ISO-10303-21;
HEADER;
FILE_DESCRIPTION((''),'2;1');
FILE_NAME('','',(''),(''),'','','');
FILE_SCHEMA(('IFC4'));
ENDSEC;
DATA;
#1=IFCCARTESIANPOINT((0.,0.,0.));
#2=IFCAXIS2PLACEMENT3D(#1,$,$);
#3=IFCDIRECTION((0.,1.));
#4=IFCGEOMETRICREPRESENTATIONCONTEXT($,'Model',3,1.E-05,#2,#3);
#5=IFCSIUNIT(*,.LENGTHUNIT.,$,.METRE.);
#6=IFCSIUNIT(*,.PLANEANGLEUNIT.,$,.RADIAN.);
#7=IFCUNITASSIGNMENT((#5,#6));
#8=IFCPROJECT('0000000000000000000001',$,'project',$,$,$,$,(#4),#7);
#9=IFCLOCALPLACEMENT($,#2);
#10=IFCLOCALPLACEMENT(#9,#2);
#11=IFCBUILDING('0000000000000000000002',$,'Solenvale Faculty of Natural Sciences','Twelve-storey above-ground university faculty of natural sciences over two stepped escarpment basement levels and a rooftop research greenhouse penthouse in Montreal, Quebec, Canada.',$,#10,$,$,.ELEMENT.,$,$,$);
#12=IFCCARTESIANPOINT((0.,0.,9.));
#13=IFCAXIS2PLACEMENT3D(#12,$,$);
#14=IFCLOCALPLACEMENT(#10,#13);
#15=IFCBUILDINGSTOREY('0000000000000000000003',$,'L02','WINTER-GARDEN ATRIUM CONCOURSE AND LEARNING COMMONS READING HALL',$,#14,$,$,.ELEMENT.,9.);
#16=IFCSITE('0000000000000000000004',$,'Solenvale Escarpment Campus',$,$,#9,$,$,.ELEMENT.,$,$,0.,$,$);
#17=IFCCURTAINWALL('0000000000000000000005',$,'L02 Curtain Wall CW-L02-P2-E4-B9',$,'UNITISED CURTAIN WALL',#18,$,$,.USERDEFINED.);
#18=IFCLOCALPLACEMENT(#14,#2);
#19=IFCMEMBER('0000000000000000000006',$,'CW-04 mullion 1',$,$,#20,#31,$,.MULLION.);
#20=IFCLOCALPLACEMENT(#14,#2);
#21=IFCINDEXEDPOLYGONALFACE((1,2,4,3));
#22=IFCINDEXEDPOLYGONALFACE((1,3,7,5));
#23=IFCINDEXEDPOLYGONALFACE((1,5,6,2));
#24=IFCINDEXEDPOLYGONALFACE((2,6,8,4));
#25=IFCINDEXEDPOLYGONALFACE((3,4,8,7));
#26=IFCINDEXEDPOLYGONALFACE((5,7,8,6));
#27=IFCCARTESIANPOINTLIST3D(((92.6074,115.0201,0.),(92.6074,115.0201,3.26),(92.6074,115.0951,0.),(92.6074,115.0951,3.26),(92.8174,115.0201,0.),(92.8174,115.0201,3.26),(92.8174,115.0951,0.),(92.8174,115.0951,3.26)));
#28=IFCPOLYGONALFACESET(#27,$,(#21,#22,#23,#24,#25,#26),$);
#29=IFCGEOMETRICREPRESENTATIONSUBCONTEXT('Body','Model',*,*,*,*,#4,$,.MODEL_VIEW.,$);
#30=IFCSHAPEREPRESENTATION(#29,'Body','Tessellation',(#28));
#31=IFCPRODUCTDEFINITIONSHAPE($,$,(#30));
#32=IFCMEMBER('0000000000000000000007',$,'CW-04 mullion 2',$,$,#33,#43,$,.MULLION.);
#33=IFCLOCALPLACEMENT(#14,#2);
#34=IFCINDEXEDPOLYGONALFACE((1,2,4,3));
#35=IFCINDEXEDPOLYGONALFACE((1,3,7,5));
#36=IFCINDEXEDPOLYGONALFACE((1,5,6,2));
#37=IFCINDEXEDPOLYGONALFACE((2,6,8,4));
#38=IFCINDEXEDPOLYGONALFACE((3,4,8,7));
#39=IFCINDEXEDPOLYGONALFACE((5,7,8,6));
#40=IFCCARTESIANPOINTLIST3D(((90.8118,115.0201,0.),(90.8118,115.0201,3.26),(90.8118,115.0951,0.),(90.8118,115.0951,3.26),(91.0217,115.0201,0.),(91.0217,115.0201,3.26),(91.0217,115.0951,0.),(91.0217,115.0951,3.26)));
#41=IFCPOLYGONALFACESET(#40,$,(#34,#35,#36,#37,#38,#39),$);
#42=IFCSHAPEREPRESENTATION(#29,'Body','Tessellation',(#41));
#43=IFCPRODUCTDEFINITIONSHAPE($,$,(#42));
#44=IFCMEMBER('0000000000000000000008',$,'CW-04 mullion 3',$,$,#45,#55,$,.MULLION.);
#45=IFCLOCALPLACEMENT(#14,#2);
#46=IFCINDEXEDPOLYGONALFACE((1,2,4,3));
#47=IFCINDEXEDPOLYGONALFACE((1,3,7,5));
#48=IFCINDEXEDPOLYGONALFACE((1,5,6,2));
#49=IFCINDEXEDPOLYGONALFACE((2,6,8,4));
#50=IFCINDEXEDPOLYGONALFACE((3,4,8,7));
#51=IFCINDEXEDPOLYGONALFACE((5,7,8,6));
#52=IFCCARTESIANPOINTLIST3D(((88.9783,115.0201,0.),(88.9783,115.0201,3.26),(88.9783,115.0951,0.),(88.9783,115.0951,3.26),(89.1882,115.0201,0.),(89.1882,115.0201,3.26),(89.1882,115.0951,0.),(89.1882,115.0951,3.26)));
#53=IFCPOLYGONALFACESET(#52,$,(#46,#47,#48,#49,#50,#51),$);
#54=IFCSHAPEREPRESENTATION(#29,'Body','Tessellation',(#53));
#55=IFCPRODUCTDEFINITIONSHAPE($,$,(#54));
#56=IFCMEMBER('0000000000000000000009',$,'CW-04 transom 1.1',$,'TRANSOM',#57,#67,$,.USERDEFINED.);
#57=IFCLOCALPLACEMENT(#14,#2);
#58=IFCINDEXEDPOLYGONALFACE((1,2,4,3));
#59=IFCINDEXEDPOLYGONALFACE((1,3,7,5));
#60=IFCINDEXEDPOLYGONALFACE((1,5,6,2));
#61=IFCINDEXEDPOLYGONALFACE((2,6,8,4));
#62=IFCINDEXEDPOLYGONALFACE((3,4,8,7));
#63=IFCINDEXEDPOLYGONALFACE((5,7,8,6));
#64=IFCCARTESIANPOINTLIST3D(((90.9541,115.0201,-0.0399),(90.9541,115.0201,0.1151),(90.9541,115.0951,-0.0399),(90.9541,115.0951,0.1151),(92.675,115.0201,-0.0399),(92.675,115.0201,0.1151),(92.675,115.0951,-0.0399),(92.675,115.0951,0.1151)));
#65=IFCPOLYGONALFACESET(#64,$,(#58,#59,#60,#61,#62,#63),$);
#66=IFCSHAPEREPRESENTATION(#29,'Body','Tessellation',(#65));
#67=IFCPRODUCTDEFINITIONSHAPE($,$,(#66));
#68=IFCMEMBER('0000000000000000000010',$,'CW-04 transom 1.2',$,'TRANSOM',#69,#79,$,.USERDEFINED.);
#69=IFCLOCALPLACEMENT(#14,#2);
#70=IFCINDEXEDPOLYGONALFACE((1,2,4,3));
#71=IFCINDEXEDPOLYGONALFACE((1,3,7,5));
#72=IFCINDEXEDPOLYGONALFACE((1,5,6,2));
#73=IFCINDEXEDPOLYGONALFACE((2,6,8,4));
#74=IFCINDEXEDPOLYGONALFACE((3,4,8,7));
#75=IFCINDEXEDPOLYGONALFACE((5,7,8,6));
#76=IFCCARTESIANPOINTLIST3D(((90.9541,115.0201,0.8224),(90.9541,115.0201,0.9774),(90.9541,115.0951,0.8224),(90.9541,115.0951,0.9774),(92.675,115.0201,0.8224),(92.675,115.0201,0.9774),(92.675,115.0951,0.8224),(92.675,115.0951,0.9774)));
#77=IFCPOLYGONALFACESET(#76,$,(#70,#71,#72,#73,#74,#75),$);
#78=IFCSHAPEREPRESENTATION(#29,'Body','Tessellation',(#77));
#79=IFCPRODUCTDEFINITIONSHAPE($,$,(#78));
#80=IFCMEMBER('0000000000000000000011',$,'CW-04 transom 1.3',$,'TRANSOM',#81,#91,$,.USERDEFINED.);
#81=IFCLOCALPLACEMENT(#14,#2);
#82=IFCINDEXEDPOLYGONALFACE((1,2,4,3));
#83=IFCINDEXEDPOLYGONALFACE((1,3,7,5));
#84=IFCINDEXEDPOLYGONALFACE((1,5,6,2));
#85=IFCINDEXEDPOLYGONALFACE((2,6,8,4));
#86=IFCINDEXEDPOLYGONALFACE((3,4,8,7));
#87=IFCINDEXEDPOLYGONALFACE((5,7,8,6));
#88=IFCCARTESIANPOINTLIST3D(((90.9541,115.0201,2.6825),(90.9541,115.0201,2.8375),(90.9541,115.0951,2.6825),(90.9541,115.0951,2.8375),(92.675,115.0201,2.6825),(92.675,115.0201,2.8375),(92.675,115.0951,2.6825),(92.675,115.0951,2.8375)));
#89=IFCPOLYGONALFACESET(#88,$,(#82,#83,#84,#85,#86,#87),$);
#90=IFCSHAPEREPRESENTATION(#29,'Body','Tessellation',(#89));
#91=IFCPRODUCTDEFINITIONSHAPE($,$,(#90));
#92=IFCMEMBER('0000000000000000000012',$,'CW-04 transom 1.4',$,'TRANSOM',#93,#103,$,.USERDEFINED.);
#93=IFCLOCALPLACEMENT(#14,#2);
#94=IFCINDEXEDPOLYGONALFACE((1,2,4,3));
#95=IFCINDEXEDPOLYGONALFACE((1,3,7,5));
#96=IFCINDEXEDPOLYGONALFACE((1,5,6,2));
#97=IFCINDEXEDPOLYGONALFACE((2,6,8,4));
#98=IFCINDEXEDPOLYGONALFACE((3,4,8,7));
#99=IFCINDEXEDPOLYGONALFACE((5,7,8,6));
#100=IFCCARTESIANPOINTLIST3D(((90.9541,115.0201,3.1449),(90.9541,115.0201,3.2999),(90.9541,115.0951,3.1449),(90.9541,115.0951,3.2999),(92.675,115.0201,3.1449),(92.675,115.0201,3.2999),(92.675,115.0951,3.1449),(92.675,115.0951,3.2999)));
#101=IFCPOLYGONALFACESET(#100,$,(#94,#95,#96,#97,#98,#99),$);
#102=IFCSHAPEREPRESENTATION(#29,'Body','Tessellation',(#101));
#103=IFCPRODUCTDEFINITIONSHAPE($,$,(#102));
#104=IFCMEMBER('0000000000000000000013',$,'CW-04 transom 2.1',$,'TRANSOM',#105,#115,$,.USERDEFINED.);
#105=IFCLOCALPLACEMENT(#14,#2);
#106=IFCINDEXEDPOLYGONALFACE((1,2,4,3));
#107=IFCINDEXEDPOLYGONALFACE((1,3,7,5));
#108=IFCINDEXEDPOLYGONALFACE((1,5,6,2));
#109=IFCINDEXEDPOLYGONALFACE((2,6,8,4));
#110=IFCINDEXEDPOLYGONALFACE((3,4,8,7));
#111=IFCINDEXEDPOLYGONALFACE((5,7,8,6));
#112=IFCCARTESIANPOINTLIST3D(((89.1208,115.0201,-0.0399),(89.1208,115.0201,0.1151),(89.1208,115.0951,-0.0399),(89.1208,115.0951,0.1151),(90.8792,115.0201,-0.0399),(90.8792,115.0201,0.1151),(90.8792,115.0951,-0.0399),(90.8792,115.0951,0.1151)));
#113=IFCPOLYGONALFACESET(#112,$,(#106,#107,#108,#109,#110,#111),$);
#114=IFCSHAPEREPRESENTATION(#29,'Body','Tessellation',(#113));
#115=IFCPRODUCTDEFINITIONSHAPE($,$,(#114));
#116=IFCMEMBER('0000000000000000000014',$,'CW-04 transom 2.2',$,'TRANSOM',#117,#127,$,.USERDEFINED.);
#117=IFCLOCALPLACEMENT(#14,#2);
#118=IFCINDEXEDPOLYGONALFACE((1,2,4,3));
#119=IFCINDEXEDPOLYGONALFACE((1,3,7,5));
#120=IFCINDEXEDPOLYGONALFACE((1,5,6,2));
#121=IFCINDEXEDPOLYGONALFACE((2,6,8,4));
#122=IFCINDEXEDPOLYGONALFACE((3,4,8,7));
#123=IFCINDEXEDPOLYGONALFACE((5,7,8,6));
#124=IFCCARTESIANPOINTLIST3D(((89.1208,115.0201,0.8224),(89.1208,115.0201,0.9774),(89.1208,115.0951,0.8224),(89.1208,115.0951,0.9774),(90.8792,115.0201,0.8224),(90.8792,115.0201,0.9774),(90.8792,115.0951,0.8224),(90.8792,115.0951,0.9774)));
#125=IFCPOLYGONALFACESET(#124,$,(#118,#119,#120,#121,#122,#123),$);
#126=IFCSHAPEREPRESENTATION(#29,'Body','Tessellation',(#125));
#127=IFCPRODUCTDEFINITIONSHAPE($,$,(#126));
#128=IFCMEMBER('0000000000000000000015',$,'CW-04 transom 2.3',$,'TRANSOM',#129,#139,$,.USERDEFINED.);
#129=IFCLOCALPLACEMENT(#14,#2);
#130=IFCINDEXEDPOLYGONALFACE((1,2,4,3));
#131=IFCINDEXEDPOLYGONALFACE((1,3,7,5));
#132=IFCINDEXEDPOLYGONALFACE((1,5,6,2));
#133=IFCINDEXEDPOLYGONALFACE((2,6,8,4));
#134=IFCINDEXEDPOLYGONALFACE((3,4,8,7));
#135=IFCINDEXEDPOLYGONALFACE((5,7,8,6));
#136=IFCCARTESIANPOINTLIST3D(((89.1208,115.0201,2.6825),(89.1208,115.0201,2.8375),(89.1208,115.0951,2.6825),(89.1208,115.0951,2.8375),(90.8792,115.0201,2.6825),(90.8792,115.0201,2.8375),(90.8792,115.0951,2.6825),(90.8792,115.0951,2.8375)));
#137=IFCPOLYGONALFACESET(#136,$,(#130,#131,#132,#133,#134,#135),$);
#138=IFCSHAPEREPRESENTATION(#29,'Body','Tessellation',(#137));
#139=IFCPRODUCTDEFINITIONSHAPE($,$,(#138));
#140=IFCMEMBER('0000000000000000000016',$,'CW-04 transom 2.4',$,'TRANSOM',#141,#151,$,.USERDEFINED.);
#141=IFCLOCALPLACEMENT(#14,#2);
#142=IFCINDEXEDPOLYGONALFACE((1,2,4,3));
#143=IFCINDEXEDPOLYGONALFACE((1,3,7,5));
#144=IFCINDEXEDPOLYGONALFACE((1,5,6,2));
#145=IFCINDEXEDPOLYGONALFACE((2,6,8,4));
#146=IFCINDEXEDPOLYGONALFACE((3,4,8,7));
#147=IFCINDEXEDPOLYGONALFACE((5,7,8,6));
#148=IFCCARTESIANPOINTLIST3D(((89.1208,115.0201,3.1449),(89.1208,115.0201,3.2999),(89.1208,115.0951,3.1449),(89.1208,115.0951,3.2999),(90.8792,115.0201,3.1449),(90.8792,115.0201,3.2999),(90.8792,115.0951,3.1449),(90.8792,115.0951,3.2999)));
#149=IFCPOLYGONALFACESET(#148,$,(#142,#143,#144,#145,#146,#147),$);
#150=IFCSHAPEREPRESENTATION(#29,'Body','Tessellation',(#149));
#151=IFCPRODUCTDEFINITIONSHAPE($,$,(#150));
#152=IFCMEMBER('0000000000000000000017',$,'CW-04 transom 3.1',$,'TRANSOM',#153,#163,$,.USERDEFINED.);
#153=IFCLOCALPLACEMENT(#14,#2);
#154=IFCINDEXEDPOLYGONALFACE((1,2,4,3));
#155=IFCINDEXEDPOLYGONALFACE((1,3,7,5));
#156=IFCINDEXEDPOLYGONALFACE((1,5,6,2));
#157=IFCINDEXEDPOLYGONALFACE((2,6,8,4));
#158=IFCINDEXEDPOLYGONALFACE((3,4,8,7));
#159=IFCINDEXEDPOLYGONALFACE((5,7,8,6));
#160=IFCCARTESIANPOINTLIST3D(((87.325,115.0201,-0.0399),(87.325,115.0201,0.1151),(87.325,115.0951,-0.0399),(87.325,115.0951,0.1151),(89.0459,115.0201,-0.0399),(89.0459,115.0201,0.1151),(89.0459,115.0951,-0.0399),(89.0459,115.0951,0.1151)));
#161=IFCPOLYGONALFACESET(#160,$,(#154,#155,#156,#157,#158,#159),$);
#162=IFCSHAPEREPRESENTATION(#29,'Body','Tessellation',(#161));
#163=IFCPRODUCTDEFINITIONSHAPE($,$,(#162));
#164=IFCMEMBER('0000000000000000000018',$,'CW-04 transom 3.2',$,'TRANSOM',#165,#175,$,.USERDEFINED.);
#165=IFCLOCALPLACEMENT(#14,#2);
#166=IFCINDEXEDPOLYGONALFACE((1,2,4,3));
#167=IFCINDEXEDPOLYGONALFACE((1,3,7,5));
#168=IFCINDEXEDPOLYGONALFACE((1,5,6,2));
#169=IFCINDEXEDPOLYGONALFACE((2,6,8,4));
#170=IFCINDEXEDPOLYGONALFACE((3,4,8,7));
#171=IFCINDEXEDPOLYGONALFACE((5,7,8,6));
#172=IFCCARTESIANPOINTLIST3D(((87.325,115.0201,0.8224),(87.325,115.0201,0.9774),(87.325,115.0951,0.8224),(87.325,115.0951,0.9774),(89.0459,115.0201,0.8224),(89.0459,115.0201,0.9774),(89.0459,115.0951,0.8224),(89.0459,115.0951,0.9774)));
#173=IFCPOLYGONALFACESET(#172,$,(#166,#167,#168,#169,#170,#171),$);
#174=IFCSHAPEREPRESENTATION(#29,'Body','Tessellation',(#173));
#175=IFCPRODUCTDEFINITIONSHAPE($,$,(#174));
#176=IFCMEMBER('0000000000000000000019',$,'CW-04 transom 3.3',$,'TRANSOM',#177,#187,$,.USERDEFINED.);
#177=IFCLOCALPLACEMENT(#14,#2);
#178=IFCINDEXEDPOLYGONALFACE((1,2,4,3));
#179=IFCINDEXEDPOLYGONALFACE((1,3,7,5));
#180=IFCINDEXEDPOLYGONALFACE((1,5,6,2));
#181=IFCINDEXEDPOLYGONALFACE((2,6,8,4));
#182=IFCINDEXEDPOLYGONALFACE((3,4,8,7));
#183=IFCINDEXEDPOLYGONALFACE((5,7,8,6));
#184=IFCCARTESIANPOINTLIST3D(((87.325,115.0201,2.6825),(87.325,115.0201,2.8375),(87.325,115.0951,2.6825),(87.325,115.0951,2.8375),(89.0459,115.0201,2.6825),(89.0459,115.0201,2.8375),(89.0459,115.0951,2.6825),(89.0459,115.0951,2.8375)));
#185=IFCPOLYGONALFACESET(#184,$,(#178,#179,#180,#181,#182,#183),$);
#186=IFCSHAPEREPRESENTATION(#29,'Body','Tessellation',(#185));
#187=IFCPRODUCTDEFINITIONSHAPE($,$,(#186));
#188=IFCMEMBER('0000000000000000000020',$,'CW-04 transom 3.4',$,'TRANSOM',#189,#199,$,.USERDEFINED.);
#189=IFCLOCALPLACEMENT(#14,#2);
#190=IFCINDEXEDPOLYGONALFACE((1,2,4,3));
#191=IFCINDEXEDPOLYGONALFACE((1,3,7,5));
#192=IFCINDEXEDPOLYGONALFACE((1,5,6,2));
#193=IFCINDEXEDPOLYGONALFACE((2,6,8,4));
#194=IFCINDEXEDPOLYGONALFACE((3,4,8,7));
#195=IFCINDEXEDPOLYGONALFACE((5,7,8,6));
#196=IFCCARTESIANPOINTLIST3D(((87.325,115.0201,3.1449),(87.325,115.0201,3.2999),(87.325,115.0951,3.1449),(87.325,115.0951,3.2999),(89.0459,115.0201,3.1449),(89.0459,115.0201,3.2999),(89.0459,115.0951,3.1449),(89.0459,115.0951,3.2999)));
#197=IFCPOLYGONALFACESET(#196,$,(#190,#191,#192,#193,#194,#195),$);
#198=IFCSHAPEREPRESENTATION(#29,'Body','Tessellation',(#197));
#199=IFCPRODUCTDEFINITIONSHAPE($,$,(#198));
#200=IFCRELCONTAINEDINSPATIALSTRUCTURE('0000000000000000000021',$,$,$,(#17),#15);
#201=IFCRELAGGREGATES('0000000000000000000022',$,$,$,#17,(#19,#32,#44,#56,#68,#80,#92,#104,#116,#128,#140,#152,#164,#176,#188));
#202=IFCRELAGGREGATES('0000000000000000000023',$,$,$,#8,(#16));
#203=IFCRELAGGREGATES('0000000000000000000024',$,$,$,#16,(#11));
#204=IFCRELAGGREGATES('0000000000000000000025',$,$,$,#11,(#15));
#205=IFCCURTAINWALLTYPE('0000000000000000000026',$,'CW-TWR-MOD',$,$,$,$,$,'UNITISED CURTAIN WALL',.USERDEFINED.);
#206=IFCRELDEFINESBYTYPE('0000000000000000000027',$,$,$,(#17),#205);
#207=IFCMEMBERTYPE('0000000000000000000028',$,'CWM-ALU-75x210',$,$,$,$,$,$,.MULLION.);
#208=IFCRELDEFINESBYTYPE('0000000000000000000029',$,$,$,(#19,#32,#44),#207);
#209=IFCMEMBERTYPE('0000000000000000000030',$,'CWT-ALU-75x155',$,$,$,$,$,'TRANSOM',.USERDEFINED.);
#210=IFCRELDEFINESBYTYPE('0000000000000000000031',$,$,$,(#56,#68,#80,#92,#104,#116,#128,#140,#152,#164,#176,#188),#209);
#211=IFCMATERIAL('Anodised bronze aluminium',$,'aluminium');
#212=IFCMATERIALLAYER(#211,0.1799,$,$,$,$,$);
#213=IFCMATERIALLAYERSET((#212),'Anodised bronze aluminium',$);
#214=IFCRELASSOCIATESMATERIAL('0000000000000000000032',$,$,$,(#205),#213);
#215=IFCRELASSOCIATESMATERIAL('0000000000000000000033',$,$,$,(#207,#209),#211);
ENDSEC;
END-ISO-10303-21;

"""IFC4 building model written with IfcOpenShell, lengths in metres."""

from ifc_helpers import new_model, si_unit, direction, frame, origin, origin_2d, place, context, subcontext, project, spatial, rectangle, extrude, material, layer, layer_set, material_profile, profile_set, type_object, element, aggregate, save


model = new_model("IFC4")

# Units and contexts
model_context = context("Model", 3, precision=1e-05, world=origin(), true_north=direction((0.0, 1.0)))
body_context = subcontext(model_context, "Body", "Model", "MODEL_VIEW")
ifc_project = project(units=[si_unit("LENGTHUNIT", "METRE"), si_unit("PLANEANGLEUNIT", "RADIAN")], contexts=[model_context])

# Site, building, storey
site_placement = place(None, origin())
site = spatial("IfcSite", under=ifc_project, at=site_placement, Name="Solenvale Escarpment Campus", CompositionType="ELEMENT", RefElevation=0.0)
building_placement = place(site_placement, origin())
building = spatial("IfcBuilding", under=site, at=building_placement, Name="Solenvale Faculty of Natural Sciences", Description="Twelve-storey above-ground university faculty of natural sciences over two stepped escarpment basement levels and a rooftop research greenhouse penthouse in Montreal, Quebec, Canada.", CompositionType="ELEMENT")
storey_placement = place(building_placement, frame((0.0, 0.0, 9.0)))
storey = spatial("IfcBuildingStorey", under=building, at=storey_placement, Name="L02", Description="WINTER-GARDEN ATRIUM CONCOURSE AND LEARNING COMMONS READING HALL", CompositionType="ELEMENT", Elevation=9.0)

# Curtain wall, members
ifc_material_1 = material(Name="Anodised bronze aluminium", Category="aluminium")
ifc_layer_1 = layer(ifc_material_1, 0.1799)
ifc_layer_set_1 = layer_set([ifc_layer_1], Name="Anodised bronze aluminium")
curtain_wall_type = type_object("IfcCurtainWallType", Name="CW-TWR-MOD", ElementType="UNITISED CURTAIN WALL", PredefinedType="USERDEFINED", material=ifc_layer_set_1)
curtain_wall_placement = place(storey_placement, origin())
curtain_wall = element("IfcCurtainWall", 1, at=curtain_wall_placement, inside=storey, type_object=curtain_wall_type, Name="L02 Curtain Wall CW-L02-P2-E4-B9", ObjectType="UNITISED CURTAIN WALL", PredefinedType="USERDEFINED")
ifc_material_profile_1 = material_profile(ifc_material_1, rectangle(XDim=0.075, YDim=0.21, at=origin_2d()), Name="ALU-MUL-75x210")
ifc_profile_set_1 = profile_set([ifc_material_profile_1], Name="Anodised bronze aluminium")
member_type_1 = type_object("IfcMemberType", Name="CWM-ALU-75x210", PredefinedType="MULLION", material=ifc_profile_set_1)
member_1_placement = place(storey_placement, frame((92.7124, 115.0576, 0.0), z_axis=(0.0, 0.0, 1.0), x_axis=(0.0, -1.0, 0.0)))
member_1 = element("IfcMember", 2, at=member_1_placement, type_object=member_type_1, Name="CW-04 mullion 1", PredefinedType="MULLION", context=body_context, shape_type="SweptSolid", body=[
    extrude(rectangle(XDim=0.075, YDim=0.21, at=origin_2d()), origin(), (0.0, 0.0, 1.0), 3.26),
])
member_2_placement = place(storey_placement, frame((90.9167, 115.0576, 0.0), z_axis=(0.0, 0.0, 1.0), x_axis=(0.0, -1.0, 0.0)))
member_2 = element("IfcMember", 3, at=member_2_placement, type_object=member_type_1, Name="CW-04 mullion 2", PredefinedType="MULLION", context=body_context, shape_type="SweptSolid", body=[
    extrude(rectangle(XDim=0.075, YDim=0.21, at=origin_2d()), origin(), (0.0, 0.0, 1.0), 3.26),
])
member_3_placement = place(storey_placement, frame((89.0833, 115.0576, 0.0), z_axis=(0.0, 0.0, 1.0), x_axis=(0.0, -1.0, 0.0)))
member_3 = element("IfcMember", 4, at=member_3_placement, type_object=member_type_1, Name="CW-04 mullion 3", PredefinedType="MULLION", context=body_context, shape_type="SweptSolid", body=[
    extrude(rectangle(XDim=0.075, YDim=0.21, at=origin_2d()), origin(), (0.0, 0.0, 1.0), 3.26),
])
ifc_material_profile_2 = material_profile(ifc_material_1, rectangle(XDim=0.075, YDim=0.155, at=origin_2d()), Name="ALU-TRN-75x155")
ifc_profile_set_2 = profile_set([ifc_material_profile_2], Name="Anodised bronze aluminium")
member_type_2 = type_object("IfcMemberType", Name="CWT-ALU-75x155", ElementType="TRANSOM", PredefinedType="USERDEFINED", material=ifc_profile_set_2)
member_4_placement = place(storey_placement, frame((92.675, 115.0576, 0.0376), z_axis=(-1.0, 0.0, 0.0), x_axis=(0.0, -1.0, 0.0)))
member_4 = element("IfcMember", 5, at=member_4_placement, type_object=member_type_2, Name="CW-04 transom 1.1", ObjectType="TRANSOM", PredefinedType="USERDEFINED", context=body_context, shape_type="SweptSolid", body=[
    extrude(rectangle(XDim=0.075, YDim=0.155, at=origin_2d()), origin(), (0.0, 0.0, 1.0), 1.7209),
])
member_5_placement = place(storey_placement, frame((92.675, 115.0576, 0.8999), z_axis=(-1.0, 0.0, 0.0), x_axis=(0.0, -1.0, 0.0)))
member_5 = element("IfcMember", 6, at=member_5_placement, type_object=member_type_2, Name="CW-04 transom 1.2", ObjectType="TRANSOM", PredefinedType="USERDEFINED", context=body_context, shape_type="SweptSolid", body=[
    extrude(rectangle(XDim=0.075, YDim=0.155, at=origin_2d()), origin(), (0.0, 0.0, 1.0), 1.7209),
])
member_6_placement = place(storey_placement, frame((92.675, 115.0576, 2.76), z_axis=(-1.0, 0.0, 0.0), x_axis=(0.0, -1.0, 0.0)))
member_6 = element("IfcMember", 7, at=member_6_placement, type_object=member_type_2, Name="CW-04 transom 1.3", ObjectType="TRANSOM", PredefinedType="USERDEFINED", context=body_context, shape_type="SweptSolid", body=[
    extrude(rectangle(XDim=0.075, YDim=0.155, at=origin_2d()), origin(), (0.0, 0.0, 1.0), 1.7209),
])
member_7_placement = place(storey_placement, frame((92.675, 115.0576, 3.2224), z_axis=(-1.0, 0.0, 0.0), x_axis=(0.0, -1.0, 0.0)))
member_7 = element("IfcMember", 8, at=member_7_placement, type_object=member_type_2, Name="CW-04 transom 1.4", ObjectType="TRANSOM", PredefinedType="USERDEFINED", context=body_context, shape_type="SweptSolid", body=[
    extrude(rectangle(XDim=0.075, YDim=0.155, at=origin_2d()), origin(), (0.0, 0.0, 1.0), 1.7209),
])
member_8_placement = place(storey_placement, frame((90.8792, 115.0576, 0.0376), z_axis=(-1.0, 0.0, 0.0), x_axis=(0.0, -1.0, 0.0)))
member_8 = element("IfcMember", 9, at=member_8_placement, type_object=member_type_2, Name="CW-04 transom 2.1", ObjectType="TRANSOM", PredefinedType="USERDEFINED", context=body_context, shape_type="SweptSolid", body=[
    extrude(rectangle(XDim=0.075, YDim=0.155, at=origin_2d()), origin(), (0.0, 0.0, 1.0), 1.7583),
])
member_9_placement = place(storey_placement, frame((90.8792, 115.0576, 0.8999), z_axis=(-1.0, 0.0, 0.0), x_axis=(0.0, -1.0, 0.0)))
member_9 = element("IfcMember", 10, at=member_9_placement, type_object=member_type_2, Name="CW-04 transom 2.2", ObjectType="TRANSOM", PredefinedType="USERDEFINED", context=body_context, shape_type="SweptSolid", body=[
    extrude(rectangle(XDim=0.075, YDim=0.155, at=origin_2d()), origin(), (0.0, 0.0, 1.0), 1.7583),
])
member_10_placement = place(storey_placement, frame((90.8792, 115.0576, 2.76), z_axis=(-1.0, 0.0, 0.0), x_axis=(0.0, -1.0, 0.0)))
member_10 = element("IfcMember", 11, at=member_10_placement, type_object=member_type_2, Name="CW-04 transom 2.3", ObjectType="TRANSOM", PredefinedType="USERDEFINED", context=body_context, shape_type="SweptSolid", body=[
    extrude(rectangle(XDim=0.075, YDim=0.155, at=origin_2d()), origin(), (0.0, 0.0, 1.0), 1.7583),
])
member_11_placement = place(storey_placement, frame((90.8792, 115.0576, 3.2224), z_axis=(-1.0, 0.0, 0.0), x_axis=(0.0, -1.0, 0.0)))
member_11 = element("IfcMember", 12, at=member_11_placement, type_object=member_type_2, Name="CW-04 transom 2.4", ObjectType="TRANSOM", PredefinedType="USERDEFINED", context=body_context, shape_type="SweptSolid", body=[
    extrude(rectangle(XDim=0.075, YDim=0.155, at=origin_2d()), origin(), (0.0, 0.0, 1.0), 1.7583),
])
member_12_placement = place(storey_placement, frame((89.0459, 115.0576, 0.0376), z_axis=(-1.0, 0.0, 0.0), x_axis=(0.0, -1.0, 0.0)))
member_12 = element("IfcMember", 13, at=member_12_placement, type_object=member_type_2, Name="CW-04 transom 3.1", ObjectType="TRANSOM", PredefinedType="USERDEFINED", context=body_context, shape_type="SweptSolid", body=[
    extrude(rectangle(XDim=0.075, YDim=0.155, at=origin_2d()), origin(), (0.0, 0.0, 1.0), 1.7209),
])
member_13_placement = place(storey_placement, frame((89.0459, 115.0576, 0.8999), z_axis=(-1.0, 0.0, 0.0), x_axis=(0.0, -1.0, 0.0)))
member_13 = element("IfcMember", 14, at=member_13_placement, type_object=member_type_2, Name="CW-04 transom 3.2", ObjectType="TRANSOM", PredefinedType="USERDEFINED", context=body_context, shape_type="SweptSolid", body=[
    extrude(rectangle(XDim=0.075, YDim=0.155, at=origin_2d()), origin(), (0.0, 0.0, 1.0), 1.7209),
])
member_14_placement = place(storey_placement, frame((89.0459, 115.0576, 2.76), z_axis=(-1.0, 0.0, 0.0), x_axis=(0.0, -1.0, 0.0)))
member_14 = element("IfcMember", 15, at=member_14_placement, type_object=member_type_2, Name="CW-04 transom 3.3", ObjectType="TRANSOM", PredefinedType="USERDEFINED", context=body_context, shape_type="SweptSolid", body=[
    extrude(rectangle(XDim=0.075, YDim=0.155, at=origin_2d()), origin(), (0.0, 0.0, 1.0), 1.7209),
])
member_15_placement = place(storey_placement, frame((89.0459, 115.0576, 3.2224), z_axis=(-1.0, 0.0, 0.0), x_axis=(0.0, -1.0, 0.0)))
member_15 = element("IfcMember", 16, at=member_15_placement, type_object=member_type_2, Name="CW-04 transom 3.4", ObjectType="TRANSOM", PredefinedType="USERDEFINED", context=body_context, shape_type="SweptSolid", body=[
    extrude(rectangle(XDim=0.075, YDim=0.155, at=origin_2d()), origin(), (0.0, 0.0, 1.0), 1.7209),
])
aggregate(curtain_wall, [member_1, member_2, member_3, member_4, member_5, member_6, member_7, member_8, member_9, member_10, member_11, member_12, member_13, member_14, member_15])

save(model, "model.ifc")
